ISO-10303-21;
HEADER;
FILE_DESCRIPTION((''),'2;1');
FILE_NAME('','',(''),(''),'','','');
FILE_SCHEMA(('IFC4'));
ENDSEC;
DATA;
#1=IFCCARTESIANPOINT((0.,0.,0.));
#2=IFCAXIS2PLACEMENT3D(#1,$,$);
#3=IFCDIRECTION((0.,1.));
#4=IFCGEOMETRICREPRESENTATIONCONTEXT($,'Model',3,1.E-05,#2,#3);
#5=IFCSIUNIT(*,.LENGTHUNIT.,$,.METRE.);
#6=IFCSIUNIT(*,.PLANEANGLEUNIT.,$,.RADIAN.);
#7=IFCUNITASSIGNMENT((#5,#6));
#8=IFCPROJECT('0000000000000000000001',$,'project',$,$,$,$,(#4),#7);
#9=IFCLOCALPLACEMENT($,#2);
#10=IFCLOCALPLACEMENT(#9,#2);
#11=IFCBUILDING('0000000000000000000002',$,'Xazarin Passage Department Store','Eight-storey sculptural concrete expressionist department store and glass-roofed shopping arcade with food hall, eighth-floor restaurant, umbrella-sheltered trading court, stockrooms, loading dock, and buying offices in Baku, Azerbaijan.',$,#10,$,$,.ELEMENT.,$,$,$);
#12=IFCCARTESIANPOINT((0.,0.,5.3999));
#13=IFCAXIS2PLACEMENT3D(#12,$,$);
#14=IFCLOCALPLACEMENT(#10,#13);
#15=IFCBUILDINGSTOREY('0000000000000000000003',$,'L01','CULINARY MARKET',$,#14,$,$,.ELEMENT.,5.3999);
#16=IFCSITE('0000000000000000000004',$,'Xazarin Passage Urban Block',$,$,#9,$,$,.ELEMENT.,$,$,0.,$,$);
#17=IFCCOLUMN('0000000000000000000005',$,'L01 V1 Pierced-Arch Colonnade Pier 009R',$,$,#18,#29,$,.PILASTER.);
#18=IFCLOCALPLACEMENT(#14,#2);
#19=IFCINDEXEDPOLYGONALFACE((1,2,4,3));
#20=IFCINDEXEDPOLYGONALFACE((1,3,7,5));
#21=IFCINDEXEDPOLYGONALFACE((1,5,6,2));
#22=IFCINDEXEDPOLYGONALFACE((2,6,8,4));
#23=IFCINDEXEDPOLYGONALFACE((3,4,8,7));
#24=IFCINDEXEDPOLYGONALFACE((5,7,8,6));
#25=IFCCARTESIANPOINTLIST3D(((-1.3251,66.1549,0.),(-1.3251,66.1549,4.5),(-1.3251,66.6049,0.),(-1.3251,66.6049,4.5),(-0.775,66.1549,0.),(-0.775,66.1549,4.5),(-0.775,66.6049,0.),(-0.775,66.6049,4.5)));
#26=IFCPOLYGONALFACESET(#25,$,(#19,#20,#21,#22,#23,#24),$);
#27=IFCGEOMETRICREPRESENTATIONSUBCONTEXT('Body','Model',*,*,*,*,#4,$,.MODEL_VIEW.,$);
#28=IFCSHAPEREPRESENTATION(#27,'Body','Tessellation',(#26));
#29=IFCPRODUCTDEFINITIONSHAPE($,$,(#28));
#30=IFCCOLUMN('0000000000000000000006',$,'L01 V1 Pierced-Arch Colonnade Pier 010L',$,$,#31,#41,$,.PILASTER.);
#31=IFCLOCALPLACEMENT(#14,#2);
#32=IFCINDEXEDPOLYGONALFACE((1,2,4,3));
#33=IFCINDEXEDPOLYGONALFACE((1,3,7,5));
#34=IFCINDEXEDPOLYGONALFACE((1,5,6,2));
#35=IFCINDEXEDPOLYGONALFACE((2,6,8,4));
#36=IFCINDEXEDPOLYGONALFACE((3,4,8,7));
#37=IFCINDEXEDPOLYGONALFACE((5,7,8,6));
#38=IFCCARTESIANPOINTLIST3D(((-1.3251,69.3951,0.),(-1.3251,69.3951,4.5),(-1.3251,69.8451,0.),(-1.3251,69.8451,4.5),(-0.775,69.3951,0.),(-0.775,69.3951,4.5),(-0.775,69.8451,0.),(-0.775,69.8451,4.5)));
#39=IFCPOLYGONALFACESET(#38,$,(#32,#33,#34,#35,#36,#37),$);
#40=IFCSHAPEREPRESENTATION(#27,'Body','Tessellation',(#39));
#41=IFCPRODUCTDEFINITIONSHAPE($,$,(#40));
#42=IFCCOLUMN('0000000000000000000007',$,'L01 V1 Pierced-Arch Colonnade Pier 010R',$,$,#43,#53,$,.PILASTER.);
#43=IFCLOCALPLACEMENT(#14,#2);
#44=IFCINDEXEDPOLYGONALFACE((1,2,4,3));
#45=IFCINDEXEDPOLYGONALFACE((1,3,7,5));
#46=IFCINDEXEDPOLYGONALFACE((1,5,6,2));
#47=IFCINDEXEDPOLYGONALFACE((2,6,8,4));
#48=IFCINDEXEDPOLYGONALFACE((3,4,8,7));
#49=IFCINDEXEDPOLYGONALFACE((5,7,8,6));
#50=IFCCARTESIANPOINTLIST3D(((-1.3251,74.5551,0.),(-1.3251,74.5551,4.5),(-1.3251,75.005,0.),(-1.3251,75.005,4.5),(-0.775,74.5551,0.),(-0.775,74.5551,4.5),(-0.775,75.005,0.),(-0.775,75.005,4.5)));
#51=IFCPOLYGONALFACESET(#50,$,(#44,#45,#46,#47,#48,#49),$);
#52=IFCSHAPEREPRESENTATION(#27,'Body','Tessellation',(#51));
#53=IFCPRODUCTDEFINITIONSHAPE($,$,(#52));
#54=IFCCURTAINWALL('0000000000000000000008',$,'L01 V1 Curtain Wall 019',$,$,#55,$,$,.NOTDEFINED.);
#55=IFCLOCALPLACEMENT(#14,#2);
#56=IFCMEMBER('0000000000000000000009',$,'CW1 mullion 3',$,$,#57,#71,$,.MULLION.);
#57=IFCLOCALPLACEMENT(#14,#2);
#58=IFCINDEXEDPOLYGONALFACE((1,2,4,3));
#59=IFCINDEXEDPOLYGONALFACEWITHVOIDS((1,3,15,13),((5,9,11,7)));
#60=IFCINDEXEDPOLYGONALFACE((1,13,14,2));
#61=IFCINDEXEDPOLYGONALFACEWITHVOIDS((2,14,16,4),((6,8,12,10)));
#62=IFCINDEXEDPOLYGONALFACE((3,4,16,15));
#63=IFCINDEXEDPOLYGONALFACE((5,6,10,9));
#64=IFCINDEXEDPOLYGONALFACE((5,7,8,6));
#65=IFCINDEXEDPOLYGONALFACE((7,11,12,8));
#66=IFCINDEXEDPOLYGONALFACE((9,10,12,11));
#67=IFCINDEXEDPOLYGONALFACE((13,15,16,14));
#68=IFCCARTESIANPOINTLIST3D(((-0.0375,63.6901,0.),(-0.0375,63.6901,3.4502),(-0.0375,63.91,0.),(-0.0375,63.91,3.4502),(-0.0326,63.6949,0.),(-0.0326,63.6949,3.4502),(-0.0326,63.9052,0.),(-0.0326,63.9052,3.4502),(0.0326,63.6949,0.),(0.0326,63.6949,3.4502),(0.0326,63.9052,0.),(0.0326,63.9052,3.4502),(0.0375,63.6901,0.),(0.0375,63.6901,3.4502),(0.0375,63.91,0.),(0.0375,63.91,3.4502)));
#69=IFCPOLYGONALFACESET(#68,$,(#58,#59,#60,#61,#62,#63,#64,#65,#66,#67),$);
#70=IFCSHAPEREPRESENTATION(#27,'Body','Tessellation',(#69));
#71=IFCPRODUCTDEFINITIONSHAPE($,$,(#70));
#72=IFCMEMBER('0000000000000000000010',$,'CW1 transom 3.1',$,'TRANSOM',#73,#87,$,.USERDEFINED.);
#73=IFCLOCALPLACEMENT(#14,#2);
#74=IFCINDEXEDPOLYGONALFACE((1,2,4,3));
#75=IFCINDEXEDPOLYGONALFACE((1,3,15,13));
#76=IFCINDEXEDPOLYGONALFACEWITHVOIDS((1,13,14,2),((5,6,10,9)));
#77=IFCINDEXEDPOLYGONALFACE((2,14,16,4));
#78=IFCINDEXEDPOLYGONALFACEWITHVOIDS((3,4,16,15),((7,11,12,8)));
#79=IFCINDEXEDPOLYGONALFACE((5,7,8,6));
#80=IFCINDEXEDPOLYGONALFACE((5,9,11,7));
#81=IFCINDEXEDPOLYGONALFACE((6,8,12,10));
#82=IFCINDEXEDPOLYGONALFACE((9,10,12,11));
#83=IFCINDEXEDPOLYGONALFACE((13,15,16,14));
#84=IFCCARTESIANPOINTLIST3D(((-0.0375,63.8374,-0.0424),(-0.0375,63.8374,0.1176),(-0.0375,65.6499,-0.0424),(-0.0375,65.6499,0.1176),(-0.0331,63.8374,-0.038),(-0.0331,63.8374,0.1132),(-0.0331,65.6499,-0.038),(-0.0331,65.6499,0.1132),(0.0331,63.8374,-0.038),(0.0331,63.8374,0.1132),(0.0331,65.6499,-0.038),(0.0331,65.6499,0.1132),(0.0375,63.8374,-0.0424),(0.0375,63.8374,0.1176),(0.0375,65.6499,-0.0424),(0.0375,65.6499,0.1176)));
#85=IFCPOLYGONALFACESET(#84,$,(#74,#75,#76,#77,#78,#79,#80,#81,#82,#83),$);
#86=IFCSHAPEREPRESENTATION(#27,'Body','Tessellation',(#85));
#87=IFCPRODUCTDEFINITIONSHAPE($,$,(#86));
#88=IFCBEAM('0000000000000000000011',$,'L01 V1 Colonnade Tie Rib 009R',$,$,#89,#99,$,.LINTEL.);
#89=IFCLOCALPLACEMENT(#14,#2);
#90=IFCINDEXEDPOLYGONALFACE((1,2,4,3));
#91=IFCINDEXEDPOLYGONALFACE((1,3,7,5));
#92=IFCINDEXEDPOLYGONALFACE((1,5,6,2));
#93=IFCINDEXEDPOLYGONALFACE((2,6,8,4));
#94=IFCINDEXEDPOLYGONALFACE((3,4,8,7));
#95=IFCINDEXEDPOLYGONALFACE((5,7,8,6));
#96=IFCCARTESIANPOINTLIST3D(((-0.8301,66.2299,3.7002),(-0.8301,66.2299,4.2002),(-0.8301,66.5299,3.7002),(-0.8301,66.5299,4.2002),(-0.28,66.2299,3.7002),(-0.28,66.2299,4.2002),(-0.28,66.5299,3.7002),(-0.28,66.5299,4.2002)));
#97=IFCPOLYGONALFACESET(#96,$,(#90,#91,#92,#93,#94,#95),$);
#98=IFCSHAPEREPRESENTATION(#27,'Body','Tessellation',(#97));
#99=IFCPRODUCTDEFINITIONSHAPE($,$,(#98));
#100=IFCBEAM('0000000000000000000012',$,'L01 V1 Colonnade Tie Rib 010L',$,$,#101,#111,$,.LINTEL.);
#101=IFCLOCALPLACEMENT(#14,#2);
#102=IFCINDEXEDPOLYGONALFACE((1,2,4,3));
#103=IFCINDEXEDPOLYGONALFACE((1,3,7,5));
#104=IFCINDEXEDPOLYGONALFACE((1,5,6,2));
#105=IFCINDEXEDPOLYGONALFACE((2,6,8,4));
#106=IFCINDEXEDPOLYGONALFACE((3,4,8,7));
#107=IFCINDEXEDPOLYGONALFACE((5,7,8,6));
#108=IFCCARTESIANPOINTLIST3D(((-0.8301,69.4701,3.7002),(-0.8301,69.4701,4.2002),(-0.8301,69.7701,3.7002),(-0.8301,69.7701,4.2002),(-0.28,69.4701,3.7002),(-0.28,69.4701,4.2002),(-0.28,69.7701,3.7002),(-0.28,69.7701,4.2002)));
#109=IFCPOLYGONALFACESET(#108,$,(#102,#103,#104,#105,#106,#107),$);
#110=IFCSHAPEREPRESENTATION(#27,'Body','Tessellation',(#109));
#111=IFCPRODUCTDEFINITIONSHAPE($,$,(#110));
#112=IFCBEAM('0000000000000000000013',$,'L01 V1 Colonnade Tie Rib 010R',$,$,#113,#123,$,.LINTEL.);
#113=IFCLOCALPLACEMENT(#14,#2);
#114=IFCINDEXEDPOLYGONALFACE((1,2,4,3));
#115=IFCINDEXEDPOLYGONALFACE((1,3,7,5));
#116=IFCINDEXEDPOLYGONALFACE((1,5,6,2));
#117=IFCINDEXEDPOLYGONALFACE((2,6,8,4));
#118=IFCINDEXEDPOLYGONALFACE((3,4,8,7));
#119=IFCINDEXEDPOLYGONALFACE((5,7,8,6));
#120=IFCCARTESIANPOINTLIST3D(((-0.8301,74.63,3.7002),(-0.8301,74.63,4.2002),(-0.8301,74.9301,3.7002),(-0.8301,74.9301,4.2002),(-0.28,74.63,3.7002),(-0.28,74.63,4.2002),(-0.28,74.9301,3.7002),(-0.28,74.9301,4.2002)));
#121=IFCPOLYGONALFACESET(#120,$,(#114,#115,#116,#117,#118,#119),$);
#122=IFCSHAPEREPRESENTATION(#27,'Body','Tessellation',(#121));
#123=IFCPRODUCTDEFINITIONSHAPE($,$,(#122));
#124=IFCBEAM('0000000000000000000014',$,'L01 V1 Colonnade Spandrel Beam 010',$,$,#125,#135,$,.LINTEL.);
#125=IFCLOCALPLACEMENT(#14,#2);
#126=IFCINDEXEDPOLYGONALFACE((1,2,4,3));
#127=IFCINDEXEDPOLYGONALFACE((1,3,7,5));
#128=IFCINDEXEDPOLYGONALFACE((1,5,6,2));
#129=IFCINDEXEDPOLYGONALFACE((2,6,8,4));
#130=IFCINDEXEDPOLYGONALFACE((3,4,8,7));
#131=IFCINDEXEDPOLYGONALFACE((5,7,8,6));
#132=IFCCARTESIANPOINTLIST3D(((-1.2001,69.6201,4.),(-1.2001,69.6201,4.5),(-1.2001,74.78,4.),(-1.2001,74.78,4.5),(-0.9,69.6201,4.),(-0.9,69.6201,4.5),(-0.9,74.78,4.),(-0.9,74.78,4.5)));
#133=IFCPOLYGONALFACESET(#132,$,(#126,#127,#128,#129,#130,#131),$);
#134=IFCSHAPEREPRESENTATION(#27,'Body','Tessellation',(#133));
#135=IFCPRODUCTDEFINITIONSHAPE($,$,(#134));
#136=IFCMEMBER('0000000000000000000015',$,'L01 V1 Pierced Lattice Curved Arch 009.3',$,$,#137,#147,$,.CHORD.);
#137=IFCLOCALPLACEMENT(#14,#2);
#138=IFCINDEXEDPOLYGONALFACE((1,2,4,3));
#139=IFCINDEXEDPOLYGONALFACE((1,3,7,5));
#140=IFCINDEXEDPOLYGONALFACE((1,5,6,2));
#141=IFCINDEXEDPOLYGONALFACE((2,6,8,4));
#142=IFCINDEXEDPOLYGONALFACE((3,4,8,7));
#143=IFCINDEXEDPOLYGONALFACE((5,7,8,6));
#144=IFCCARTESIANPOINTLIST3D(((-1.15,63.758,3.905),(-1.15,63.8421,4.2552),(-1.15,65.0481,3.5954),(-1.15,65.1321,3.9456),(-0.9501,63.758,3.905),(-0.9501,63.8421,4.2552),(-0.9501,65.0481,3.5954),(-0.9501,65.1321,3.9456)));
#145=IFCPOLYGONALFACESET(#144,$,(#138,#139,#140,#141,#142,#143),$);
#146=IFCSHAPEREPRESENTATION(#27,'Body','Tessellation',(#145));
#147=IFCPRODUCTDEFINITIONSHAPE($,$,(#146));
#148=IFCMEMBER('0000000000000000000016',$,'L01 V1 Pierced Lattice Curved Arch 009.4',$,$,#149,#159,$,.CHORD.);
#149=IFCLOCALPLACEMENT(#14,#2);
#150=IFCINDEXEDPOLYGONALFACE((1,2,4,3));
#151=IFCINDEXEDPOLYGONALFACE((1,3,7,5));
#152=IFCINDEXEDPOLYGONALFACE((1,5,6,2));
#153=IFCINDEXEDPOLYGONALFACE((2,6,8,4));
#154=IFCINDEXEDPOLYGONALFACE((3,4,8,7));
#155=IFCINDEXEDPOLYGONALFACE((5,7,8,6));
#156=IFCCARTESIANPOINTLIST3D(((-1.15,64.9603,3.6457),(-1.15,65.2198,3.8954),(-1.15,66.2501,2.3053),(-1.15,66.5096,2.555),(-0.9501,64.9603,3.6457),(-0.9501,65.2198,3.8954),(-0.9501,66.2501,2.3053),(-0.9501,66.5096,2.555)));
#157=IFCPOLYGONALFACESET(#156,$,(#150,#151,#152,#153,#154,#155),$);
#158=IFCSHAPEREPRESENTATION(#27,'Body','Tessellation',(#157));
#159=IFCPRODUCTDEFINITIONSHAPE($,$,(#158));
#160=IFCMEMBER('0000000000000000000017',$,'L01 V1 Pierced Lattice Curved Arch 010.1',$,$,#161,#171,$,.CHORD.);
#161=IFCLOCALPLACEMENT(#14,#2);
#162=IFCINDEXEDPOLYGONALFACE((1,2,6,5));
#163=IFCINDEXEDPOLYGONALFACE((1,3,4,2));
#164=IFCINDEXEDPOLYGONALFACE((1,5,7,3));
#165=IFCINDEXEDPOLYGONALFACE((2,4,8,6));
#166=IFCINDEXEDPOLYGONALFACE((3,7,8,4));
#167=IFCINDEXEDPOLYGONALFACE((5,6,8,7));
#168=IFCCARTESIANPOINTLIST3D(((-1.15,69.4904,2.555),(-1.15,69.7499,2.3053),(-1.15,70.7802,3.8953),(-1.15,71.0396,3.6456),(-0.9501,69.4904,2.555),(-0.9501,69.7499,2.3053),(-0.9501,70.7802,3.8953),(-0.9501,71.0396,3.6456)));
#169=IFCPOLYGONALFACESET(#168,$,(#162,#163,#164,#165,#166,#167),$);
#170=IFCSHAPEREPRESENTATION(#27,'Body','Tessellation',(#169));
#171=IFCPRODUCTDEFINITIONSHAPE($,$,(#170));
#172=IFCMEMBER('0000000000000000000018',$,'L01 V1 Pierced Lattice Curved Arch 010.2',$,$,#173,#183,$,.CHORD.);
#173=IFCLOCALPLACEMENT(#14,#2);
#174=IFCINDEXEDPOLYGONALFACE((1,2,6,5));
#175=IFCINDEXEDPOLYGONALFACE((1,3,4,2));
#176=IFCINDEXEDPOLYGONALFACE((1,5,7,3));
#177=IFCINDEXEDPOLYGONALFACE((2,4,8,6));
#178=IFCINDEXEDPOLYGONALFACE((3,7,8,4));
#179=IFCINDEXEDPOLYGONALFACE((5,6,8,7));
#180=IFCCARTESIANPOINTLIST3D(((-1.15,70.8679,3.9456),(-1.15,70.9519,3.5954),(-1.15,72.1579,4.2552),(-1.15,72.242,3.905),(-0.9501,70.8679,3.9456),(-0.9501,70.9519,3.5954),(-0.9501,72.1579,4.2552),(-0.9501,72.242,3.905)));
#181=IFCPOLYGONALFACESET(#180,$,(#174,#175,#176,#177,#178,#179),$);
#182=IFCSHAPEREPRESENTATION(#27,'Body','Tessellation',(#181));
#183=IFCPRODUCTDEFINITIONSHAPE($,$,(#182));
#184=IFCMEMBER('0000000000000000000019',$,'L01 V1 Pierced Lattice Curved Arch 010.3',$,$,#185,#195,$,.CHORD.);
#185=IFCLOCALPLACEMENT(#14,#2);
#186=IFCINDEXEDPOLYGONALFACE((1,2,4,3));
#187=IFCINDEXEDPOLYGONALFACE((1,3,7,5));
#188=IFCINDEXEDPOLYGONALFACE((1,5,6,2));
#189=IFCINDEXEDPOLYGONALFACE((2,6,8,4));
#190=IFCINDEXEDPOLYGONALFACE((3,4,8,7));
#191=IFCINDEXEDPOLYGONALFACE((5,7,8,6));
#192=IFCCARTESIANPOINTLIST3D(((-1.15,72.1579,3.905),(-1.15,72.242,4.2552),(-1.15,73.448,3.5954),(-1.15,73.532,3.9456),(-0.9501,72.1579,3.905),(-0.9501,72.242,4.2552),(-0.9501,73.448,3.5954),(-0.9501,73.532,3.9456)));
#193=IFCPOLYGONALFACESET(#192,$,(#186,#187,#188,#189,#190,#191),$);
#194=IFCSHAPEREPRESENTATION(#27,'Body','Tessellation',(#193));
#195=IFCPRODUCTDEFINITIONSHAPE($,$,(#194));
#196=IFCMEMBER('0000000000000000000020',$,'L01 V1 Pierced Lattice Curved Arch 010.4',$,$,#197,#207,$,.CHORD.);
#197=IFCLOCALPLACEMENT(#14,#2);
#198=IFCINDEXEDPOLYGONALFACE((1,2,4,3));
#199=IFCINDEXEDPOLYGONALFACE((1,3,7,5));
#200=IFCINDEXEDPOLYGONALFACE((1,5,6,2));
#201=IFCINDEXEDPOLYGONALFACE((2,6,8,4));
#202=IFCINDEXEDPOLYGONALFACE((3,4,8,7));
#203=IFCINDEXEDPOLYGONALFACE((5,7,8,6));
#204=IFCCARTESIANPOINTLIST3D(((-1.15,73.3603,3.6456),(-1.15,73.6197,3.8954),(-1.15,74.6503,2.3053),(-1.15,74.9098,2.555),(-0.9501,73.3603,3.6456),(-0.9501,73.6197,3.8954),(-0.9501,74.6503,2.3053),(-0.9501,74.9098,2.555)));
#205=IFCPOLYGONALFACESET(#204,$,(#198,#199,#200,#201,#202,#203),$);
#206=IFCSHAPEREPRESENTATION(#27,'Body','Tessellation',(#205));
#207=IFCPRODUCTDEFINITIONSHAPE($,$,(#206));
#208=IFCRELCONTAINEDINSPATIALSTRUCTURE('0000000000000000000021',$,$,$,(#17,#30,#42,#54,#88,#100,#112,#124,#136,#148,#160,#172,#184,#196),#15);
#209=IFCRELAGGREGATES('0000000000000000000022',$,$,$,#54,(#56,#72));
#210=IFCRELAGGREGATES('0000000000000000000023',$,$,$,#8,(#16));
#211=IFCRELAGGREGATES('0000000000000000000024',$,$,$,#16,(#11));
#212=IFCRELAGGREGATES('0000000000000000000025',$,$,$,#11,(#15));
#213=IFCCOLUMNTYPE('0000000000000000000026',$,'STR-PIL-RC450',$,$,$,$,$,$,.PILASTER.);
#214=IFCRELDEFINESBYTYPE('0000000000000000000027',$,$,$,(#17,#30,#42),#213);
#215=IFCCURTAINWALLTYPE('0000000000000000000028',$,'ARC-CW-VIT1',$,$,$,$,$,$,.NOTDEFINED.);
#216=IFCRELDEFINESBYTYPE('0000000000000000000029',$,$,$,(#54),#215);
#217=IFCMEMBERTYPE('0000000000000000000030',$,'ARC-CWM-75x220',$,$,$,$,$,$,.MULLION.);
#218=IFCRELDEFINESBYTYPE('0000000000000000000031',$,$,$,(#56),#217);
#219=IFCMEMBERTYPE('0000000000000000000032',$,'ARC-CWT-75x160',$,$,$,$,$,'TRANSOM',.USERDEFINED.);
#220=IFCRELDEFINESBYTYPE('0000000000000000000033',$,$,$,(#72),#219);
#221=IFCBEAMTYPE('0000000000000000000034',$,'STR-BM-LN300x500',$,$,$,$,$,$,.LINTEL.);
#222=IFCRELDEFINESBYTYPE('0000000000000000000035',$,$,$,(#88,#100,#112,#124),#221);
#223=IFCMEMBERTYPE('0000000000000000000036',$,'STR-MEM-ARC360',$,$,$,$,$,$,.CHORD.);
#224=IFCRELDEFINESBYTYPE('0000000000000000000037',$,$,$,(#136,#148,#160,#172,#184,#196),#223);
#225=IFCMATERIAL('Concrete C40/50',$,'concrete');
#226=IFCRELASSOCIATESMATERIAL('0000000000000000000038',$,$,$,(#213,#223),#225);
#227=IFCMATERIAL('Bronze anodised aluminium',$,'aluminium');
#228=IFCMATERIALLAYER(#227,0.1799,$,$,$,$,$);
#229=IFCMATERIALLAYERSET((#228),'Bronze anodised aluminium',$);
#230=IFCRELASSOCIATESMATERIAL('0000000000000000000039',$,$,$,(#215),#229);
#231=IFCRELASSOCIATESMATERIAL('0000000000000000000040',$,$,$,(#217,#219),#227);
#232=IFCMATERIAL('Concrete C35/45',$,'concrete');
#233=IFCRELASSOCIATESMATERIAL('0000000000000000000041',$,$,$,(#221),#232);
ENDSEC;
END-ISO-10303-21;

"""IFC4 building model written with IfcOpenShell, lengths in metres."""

from ifc_helpers import new_model, si_unit, direction, frame, origin, origin_2d, place, context, subcontext, project, spatial, rectangle, hollow_rectangle, extrude, material, layer, layer_set, material_profile, profile_set, type_object, element, aggregate, save


model = new_model("IFC4")

# Units and contexts
model_context = context("Model", 3, precision=1e-05, world=origin(), true_north=direction((0.0, 1.0)))
body_context = subcontext(model_context, "Body", "Model", "MODEL_VIEW")
ifc_project = project(units=[si_unit("LENGTHUNIT", "METRE"), si_unit("PLANEANGLEUNIT", "RADIAN")], contexts=[model_context])

# Site, building, storey
site_placement = place(None, origin())
site = spatial("IfcSite", under=ifc_project, at=site_placement, Name="Xazarin Passage Urban Block", CompositionType="ELEMENT", RefElevation=0.0)
building_placement = place(site_placement, origin())
building = spatial("IfcBuilding", under=site, at=building_placement, Name="Xazarin Passage Department Store", Description="Eight-storey sculptural concrete expressionist department store and glass-roofed shopping arcade with food hall, eighth-floor restaurant, umbrella-sheltered trading court, stockrooms, loading dock, and buying offices in Baku, Azerbaijan.", CompositionType="ELEMENT")
storey_placement = place(building_placement, frame((0.0, 0.0, 5.3999)))
storey = spatial("IfcBuildingStorey", under=building, at=storey_placement, Name="L01", Description="CULINARY MARKET", CompositionType="ELEMENT", Elevation=5.3999)

# Columns
ifc_material_1 = material(Name="Concrete C40/50", Category="concrete")
ifc_material_profile_1 = material_profile(ifc_material_1, rectangle(XDim=0.45, YDim=0.55, at=origin_2d()), Name="RC 450x550")
ifc_profile_set_1 = profile_set([ifc_material_profile_1], Name="Concrete C40/50")
column_type = type_object("IfcColumnType", Name="STR-PIL-RC450", PredefinedType="PILASTER", material=ifc_profile_set_1)
for number, where, z_axis, x_axis, name in (
    (1, (-1.05, 66.3799, 0.0), (0.0, 0.0, 1.0), (0.0, 1.0, 0.0), "L01 V1 Pierced-Arch Colonnade Pier 009R"),
    (2, (-1.05, 69.6201, 0.0), (0.0, 0.0, 1.0), (0.0, 1.0, 0.0), "L01 V1 Pierced-Arch Colonnade Pier 010L"),
    (3, (-1.05, 74.78, 0.0), (0.0, 0.0, 1.0), (0.0, 1.0, 0.0), "L01 V1 Pierced-Arch Colonnade Pier 010R"),
):
    element("IfcColumn", number, at=place(storey_placement, frame(where, z_axis=z_axis, x_axis=x_axis)), inside=storey, type_object=column_type, Name=name, PredefinedType="PILASTER", context=body_context, shape_type="SweptSolid", body=[
        extrude(rectangle(XDim=0.45, YDim=0.55, at=origin_2d()), origin(), (0.0, 0.0, 1.0), 4.5),
    ])

# Curtain wall, members
ifc_material_2 = material(Name="Bronze anodised aluminium", Category="aluminium")
ifc_layer_1 = layer(ifc_material_2, 0.1799)
ifc_layer_set_1 = layer_set([ifc_layer_1], Name="Bronze anodised aluminium")
curtain_wall_type = type_object("IfcCurtainWallType", Name="ARC-CW-VIT1", PredefinedType="NOTDEFINED", material=ifc_layer_set_1)
curtain_wall_placement = place(storey_placement, origin())
curtain_wall = element("IfcCurtainWall", 4, at=curtain_wall_placement, inside=storey, type_object=curtain_wall_type, Name="L01 V1 Curtain Wall 019", PredefinedType="NOTDEFINED")
ifc_material_profile_2 = material_profile(ifc_material_2, hollow_rectangle(XDim=0.075, YDim=0.22, WallThickness=0.0049, at=origin_2d()), Name="ALU 75x220")
ifc_profile_set_2 = profile_set([ifc_material_profile_2], Name="Bronze anodised aluminium")
member_type_1 = type_object("IfcMemberType", Name="ARC-CWM-75x220", PredefinedType="MULLION", material=ifc_profile_set_2)
member_1_placement = place(storey_placement, frame((0.0, 63.8, 0.0), z_axis=(0.0, 0.0, 1.0), x_axis=(-1.0, 0.0, 0.0)))
member_1 = element("IfcMember", 5, at=member_1_placement, type_object=member_type_1, Name="CW1 mullion 3", PredefinedType="MULLION", context=body_context, shape_type="SweptSolid", body=[
    extrude(hollow_rectangle(XDim=0.075, YDim=0.22, WallThickness=0.0049, at=origin_2d()), origin(), (0.0, 0.0, 1.0), 3.4502),
])
ifc_material_profile_3 = material_profile(ifc_material_2, hollow_rectangle(XDim=0.075, YDim=0.1599, WallThickness=0.0044, at=origin_2d()), Name="ALU 75x160")
ifc_profile_set_3 = profile_set([ifc_material_profile_3], Name="Bronze anodised aluminium")
member_type_2 = type_object("IfcMemberType", Name="ARC-CWT-75x160", ElementType="TRANSOM", PredefinedType="USERDEFINED", material=ifc_profile_set_3)
member_2_placement = place(storey_placement, frame((0.0, 63.8374, 0.0376), z_axis=(0.0, 1.0, 0.0), x_axis=(-1.0, 0.0, 0.0)))
member_2 = element("IfcMember", 6, at=member_2_placement, type_object=member_type_2, Name="CW1 transom 3.1", ObjectType="TRANSOM", PredefinedType="USERDEFINED", context=body_context, shape_type="SweptSolid", body=[
    extrude(hollow_rectangle(XDim=0.075, YDim=0.1599, WallThickness=0.0044, at=origin_2d()), origin(), (0.0, 0.0, 1.0), 1.8125),
])
aggregate(curtain_wall, [member_1, member_2])

# Beams
ifc_material_3 = material(Name="Concrete C35/45", Category="concrete")
ifc_material_profile_4 = material_profile(ifc_material_3, rectangle(XDim=0.3, YDim=0.5, at=origin_2d()), Name="RC 300x500")
ifc_profile_set_4 = profile_set([ifc_material_profile_4], Name="Concrete C35/45")
beam_type = type_object("IfcBeamType", Name="STR-BM-LN300x500", PredefinedType="LINTEL", material=ifc_profile_set_4)
for number, where, z_axis, x_axis, name in (
    (7, (-0.28, 66.3799, 3.9502), (-1.0, 0.0, 0.0), (0.0, -1.0, 0.0), "L01 V1 Colonnade Tie Rib 009R"),
    (8, (-0.28, 69.6201, 3.9502), (-1.0, 0.0, 0.0), (0.0, -1.0, 0.0), "L01 V1 Colonnade Tie Rib 010L"),
    (9, (-0.28, 74.78, 3.9502), (-1.0, 0.0, 0.0), (0.0, -1.0, 0.0), "L01 V1 Colonnade Tie Rib 010R"),
):
    element("IfcBeam", number, at=place(storey_placement, frame(where, z_axis=z_axis, x_axis=x_axis)), inside=storey, type_object=beam_type, Name=name, PredefinedType="LINTEL", context=body_context, shape_type="SweptSolid", body=[
        extrude(rectangle(XDim=0.3, YDim=0.5, at=origin_2d()), origin(), (0.0, 0.0, 1.0), 0.55),
    ])
beam_placement = place(storey_placement, frame((-1.05, 69.6201, 4.25), z_axis=(0.0, 1.0, 0.0), x_axis=(-1.0, 0.0, 0.0)))
element("IfcBeam", 10, at=beam_placement, inside=storey, type_object=beam_type, Name="L01 V1 Colonnade Spandrel Beam 010", PredefinedType="LINTEL", context=body_context, shape_type="SweptSolid", body=[
    extrude(rectangle(XDim=0.3, YDim=0.5, at=origin_2d()), origin(), (0.0, 0.0, 1.0), 5.1599),
])

# Members
ifc_material_profile_5 = material_profile(ifc_material_1, rectangle(XDim=0.2, YDim=0.3601, at=origin_2d()), Name="RC 200x360")
ifc_profile_set_5 = profile_set([ifc_material_profile_5], Name="Concrete C40/50")
member_type_3 = type_object("IfcMemberType", Name="STR-MEM-ARC360", PredefinedType="CHORD", material=ifc_profile_set_5)
member_3_placement = place(storey_placement, frame((-1.05, 63.8, 4.0801), z_axis=(0.0, 0.972394, -0.233345), x_axis=(-1.0, 0.0, 0.0)))
element("IfcMember", 11, at=member_3_placement, inside=storey, type_object=member_type_3, Name="L01 V1 Pierced Lattice Curved Arch 009.3", PredefinedType="CHORD", context=body_context, shape_type="SweptSolid", body=[
    extrude(rectangle(XDim=0.2, YDim=0.3601, at=origin_2d()), origin(), (0.0, 0.0, 1.0), 1.3267),
])
for number, where, z_axis, x_axis, name in (
    (12, (-1.05, 65.0901, 3.7705), (0.0, 0.693392, -0.720561), (-1.0, 0.0, 0.0), "L01 V1 Pierced Lattice Curved Arch 009.4"),
    (13, (-1.05, 69.6201, 2.4302), (0.0, 0.693392, 0.720561), (-1.0, 0.0, 0.0), "L01 V1 Pierced Lattice Curved Arch 010.1"),
):
    element("IfcMember", number, at=place(storey_placement, frame(where, z_axis=z_axis, x_axis=x_axis)), inside=storey, type_object=member_type_3, Name=name, PredefinedType="CHORD", context=body_context, shape_type="SweptSolid", body=[
        extrude(rectangle(XDim=0.2, YDim=0.3601, at=origin_2d()), origin(), (0.0, 0.0, 1.0), 1.8601),
    ])
for number, where, z_axis, x_axis, name in (
    (14, (-1.05, 70.9099, 3.7705), (0.0, 0.972394, 0.233345), (-1.0, 0.0, 0.0), "L01 V1 Pierced Lattice Curved Arch 010.2"),
    (15, (-1.05, 72.2, 4.0801), (0.0, 0.972394, -0.233345), (-1.0, 0.0, 0.0), "L01 V1 Pierced Lattice Curved Arch 010.3"),
):
    element("IfcMember", number, at=place(storey_placement, frame(where, z_axis=z_axis, x_axis=x_axis)), inside=storey, type_object=member_type_3, Name=name, PredefinedType="CHORD", context=body_context, shape_type="SweptSolid", body=[
        extrude(rectangle(XDim=0.2, YDim=0.3601, at=origin_2d()), origin(), (0.0, 0.0, 1.0), 1.3267),
    ])
member_4_placement = place(storey_placement, frame((-1.05, 73.49, 3.7705), z_axis=(0.0, 0.69346, -0.720495), x_axis=(-1.0, 0.0, 0.0)))
element("IfcMember", 16, at=member_4_placement, inside=storey, type_object=member_type_3, Name="L01 V1 Pierced Lattice Curved Arch 010.4", PredefinedType="CHORD", context=body_context, shape_type="SweptSolid", body=[
    extrude(rectangle(XDim=0.2, YDim=0.3601, at=origin_2d()), origin(), (0.0, 0.0, 1.0), 1.8604),
])

save(model, "model.ifc")
